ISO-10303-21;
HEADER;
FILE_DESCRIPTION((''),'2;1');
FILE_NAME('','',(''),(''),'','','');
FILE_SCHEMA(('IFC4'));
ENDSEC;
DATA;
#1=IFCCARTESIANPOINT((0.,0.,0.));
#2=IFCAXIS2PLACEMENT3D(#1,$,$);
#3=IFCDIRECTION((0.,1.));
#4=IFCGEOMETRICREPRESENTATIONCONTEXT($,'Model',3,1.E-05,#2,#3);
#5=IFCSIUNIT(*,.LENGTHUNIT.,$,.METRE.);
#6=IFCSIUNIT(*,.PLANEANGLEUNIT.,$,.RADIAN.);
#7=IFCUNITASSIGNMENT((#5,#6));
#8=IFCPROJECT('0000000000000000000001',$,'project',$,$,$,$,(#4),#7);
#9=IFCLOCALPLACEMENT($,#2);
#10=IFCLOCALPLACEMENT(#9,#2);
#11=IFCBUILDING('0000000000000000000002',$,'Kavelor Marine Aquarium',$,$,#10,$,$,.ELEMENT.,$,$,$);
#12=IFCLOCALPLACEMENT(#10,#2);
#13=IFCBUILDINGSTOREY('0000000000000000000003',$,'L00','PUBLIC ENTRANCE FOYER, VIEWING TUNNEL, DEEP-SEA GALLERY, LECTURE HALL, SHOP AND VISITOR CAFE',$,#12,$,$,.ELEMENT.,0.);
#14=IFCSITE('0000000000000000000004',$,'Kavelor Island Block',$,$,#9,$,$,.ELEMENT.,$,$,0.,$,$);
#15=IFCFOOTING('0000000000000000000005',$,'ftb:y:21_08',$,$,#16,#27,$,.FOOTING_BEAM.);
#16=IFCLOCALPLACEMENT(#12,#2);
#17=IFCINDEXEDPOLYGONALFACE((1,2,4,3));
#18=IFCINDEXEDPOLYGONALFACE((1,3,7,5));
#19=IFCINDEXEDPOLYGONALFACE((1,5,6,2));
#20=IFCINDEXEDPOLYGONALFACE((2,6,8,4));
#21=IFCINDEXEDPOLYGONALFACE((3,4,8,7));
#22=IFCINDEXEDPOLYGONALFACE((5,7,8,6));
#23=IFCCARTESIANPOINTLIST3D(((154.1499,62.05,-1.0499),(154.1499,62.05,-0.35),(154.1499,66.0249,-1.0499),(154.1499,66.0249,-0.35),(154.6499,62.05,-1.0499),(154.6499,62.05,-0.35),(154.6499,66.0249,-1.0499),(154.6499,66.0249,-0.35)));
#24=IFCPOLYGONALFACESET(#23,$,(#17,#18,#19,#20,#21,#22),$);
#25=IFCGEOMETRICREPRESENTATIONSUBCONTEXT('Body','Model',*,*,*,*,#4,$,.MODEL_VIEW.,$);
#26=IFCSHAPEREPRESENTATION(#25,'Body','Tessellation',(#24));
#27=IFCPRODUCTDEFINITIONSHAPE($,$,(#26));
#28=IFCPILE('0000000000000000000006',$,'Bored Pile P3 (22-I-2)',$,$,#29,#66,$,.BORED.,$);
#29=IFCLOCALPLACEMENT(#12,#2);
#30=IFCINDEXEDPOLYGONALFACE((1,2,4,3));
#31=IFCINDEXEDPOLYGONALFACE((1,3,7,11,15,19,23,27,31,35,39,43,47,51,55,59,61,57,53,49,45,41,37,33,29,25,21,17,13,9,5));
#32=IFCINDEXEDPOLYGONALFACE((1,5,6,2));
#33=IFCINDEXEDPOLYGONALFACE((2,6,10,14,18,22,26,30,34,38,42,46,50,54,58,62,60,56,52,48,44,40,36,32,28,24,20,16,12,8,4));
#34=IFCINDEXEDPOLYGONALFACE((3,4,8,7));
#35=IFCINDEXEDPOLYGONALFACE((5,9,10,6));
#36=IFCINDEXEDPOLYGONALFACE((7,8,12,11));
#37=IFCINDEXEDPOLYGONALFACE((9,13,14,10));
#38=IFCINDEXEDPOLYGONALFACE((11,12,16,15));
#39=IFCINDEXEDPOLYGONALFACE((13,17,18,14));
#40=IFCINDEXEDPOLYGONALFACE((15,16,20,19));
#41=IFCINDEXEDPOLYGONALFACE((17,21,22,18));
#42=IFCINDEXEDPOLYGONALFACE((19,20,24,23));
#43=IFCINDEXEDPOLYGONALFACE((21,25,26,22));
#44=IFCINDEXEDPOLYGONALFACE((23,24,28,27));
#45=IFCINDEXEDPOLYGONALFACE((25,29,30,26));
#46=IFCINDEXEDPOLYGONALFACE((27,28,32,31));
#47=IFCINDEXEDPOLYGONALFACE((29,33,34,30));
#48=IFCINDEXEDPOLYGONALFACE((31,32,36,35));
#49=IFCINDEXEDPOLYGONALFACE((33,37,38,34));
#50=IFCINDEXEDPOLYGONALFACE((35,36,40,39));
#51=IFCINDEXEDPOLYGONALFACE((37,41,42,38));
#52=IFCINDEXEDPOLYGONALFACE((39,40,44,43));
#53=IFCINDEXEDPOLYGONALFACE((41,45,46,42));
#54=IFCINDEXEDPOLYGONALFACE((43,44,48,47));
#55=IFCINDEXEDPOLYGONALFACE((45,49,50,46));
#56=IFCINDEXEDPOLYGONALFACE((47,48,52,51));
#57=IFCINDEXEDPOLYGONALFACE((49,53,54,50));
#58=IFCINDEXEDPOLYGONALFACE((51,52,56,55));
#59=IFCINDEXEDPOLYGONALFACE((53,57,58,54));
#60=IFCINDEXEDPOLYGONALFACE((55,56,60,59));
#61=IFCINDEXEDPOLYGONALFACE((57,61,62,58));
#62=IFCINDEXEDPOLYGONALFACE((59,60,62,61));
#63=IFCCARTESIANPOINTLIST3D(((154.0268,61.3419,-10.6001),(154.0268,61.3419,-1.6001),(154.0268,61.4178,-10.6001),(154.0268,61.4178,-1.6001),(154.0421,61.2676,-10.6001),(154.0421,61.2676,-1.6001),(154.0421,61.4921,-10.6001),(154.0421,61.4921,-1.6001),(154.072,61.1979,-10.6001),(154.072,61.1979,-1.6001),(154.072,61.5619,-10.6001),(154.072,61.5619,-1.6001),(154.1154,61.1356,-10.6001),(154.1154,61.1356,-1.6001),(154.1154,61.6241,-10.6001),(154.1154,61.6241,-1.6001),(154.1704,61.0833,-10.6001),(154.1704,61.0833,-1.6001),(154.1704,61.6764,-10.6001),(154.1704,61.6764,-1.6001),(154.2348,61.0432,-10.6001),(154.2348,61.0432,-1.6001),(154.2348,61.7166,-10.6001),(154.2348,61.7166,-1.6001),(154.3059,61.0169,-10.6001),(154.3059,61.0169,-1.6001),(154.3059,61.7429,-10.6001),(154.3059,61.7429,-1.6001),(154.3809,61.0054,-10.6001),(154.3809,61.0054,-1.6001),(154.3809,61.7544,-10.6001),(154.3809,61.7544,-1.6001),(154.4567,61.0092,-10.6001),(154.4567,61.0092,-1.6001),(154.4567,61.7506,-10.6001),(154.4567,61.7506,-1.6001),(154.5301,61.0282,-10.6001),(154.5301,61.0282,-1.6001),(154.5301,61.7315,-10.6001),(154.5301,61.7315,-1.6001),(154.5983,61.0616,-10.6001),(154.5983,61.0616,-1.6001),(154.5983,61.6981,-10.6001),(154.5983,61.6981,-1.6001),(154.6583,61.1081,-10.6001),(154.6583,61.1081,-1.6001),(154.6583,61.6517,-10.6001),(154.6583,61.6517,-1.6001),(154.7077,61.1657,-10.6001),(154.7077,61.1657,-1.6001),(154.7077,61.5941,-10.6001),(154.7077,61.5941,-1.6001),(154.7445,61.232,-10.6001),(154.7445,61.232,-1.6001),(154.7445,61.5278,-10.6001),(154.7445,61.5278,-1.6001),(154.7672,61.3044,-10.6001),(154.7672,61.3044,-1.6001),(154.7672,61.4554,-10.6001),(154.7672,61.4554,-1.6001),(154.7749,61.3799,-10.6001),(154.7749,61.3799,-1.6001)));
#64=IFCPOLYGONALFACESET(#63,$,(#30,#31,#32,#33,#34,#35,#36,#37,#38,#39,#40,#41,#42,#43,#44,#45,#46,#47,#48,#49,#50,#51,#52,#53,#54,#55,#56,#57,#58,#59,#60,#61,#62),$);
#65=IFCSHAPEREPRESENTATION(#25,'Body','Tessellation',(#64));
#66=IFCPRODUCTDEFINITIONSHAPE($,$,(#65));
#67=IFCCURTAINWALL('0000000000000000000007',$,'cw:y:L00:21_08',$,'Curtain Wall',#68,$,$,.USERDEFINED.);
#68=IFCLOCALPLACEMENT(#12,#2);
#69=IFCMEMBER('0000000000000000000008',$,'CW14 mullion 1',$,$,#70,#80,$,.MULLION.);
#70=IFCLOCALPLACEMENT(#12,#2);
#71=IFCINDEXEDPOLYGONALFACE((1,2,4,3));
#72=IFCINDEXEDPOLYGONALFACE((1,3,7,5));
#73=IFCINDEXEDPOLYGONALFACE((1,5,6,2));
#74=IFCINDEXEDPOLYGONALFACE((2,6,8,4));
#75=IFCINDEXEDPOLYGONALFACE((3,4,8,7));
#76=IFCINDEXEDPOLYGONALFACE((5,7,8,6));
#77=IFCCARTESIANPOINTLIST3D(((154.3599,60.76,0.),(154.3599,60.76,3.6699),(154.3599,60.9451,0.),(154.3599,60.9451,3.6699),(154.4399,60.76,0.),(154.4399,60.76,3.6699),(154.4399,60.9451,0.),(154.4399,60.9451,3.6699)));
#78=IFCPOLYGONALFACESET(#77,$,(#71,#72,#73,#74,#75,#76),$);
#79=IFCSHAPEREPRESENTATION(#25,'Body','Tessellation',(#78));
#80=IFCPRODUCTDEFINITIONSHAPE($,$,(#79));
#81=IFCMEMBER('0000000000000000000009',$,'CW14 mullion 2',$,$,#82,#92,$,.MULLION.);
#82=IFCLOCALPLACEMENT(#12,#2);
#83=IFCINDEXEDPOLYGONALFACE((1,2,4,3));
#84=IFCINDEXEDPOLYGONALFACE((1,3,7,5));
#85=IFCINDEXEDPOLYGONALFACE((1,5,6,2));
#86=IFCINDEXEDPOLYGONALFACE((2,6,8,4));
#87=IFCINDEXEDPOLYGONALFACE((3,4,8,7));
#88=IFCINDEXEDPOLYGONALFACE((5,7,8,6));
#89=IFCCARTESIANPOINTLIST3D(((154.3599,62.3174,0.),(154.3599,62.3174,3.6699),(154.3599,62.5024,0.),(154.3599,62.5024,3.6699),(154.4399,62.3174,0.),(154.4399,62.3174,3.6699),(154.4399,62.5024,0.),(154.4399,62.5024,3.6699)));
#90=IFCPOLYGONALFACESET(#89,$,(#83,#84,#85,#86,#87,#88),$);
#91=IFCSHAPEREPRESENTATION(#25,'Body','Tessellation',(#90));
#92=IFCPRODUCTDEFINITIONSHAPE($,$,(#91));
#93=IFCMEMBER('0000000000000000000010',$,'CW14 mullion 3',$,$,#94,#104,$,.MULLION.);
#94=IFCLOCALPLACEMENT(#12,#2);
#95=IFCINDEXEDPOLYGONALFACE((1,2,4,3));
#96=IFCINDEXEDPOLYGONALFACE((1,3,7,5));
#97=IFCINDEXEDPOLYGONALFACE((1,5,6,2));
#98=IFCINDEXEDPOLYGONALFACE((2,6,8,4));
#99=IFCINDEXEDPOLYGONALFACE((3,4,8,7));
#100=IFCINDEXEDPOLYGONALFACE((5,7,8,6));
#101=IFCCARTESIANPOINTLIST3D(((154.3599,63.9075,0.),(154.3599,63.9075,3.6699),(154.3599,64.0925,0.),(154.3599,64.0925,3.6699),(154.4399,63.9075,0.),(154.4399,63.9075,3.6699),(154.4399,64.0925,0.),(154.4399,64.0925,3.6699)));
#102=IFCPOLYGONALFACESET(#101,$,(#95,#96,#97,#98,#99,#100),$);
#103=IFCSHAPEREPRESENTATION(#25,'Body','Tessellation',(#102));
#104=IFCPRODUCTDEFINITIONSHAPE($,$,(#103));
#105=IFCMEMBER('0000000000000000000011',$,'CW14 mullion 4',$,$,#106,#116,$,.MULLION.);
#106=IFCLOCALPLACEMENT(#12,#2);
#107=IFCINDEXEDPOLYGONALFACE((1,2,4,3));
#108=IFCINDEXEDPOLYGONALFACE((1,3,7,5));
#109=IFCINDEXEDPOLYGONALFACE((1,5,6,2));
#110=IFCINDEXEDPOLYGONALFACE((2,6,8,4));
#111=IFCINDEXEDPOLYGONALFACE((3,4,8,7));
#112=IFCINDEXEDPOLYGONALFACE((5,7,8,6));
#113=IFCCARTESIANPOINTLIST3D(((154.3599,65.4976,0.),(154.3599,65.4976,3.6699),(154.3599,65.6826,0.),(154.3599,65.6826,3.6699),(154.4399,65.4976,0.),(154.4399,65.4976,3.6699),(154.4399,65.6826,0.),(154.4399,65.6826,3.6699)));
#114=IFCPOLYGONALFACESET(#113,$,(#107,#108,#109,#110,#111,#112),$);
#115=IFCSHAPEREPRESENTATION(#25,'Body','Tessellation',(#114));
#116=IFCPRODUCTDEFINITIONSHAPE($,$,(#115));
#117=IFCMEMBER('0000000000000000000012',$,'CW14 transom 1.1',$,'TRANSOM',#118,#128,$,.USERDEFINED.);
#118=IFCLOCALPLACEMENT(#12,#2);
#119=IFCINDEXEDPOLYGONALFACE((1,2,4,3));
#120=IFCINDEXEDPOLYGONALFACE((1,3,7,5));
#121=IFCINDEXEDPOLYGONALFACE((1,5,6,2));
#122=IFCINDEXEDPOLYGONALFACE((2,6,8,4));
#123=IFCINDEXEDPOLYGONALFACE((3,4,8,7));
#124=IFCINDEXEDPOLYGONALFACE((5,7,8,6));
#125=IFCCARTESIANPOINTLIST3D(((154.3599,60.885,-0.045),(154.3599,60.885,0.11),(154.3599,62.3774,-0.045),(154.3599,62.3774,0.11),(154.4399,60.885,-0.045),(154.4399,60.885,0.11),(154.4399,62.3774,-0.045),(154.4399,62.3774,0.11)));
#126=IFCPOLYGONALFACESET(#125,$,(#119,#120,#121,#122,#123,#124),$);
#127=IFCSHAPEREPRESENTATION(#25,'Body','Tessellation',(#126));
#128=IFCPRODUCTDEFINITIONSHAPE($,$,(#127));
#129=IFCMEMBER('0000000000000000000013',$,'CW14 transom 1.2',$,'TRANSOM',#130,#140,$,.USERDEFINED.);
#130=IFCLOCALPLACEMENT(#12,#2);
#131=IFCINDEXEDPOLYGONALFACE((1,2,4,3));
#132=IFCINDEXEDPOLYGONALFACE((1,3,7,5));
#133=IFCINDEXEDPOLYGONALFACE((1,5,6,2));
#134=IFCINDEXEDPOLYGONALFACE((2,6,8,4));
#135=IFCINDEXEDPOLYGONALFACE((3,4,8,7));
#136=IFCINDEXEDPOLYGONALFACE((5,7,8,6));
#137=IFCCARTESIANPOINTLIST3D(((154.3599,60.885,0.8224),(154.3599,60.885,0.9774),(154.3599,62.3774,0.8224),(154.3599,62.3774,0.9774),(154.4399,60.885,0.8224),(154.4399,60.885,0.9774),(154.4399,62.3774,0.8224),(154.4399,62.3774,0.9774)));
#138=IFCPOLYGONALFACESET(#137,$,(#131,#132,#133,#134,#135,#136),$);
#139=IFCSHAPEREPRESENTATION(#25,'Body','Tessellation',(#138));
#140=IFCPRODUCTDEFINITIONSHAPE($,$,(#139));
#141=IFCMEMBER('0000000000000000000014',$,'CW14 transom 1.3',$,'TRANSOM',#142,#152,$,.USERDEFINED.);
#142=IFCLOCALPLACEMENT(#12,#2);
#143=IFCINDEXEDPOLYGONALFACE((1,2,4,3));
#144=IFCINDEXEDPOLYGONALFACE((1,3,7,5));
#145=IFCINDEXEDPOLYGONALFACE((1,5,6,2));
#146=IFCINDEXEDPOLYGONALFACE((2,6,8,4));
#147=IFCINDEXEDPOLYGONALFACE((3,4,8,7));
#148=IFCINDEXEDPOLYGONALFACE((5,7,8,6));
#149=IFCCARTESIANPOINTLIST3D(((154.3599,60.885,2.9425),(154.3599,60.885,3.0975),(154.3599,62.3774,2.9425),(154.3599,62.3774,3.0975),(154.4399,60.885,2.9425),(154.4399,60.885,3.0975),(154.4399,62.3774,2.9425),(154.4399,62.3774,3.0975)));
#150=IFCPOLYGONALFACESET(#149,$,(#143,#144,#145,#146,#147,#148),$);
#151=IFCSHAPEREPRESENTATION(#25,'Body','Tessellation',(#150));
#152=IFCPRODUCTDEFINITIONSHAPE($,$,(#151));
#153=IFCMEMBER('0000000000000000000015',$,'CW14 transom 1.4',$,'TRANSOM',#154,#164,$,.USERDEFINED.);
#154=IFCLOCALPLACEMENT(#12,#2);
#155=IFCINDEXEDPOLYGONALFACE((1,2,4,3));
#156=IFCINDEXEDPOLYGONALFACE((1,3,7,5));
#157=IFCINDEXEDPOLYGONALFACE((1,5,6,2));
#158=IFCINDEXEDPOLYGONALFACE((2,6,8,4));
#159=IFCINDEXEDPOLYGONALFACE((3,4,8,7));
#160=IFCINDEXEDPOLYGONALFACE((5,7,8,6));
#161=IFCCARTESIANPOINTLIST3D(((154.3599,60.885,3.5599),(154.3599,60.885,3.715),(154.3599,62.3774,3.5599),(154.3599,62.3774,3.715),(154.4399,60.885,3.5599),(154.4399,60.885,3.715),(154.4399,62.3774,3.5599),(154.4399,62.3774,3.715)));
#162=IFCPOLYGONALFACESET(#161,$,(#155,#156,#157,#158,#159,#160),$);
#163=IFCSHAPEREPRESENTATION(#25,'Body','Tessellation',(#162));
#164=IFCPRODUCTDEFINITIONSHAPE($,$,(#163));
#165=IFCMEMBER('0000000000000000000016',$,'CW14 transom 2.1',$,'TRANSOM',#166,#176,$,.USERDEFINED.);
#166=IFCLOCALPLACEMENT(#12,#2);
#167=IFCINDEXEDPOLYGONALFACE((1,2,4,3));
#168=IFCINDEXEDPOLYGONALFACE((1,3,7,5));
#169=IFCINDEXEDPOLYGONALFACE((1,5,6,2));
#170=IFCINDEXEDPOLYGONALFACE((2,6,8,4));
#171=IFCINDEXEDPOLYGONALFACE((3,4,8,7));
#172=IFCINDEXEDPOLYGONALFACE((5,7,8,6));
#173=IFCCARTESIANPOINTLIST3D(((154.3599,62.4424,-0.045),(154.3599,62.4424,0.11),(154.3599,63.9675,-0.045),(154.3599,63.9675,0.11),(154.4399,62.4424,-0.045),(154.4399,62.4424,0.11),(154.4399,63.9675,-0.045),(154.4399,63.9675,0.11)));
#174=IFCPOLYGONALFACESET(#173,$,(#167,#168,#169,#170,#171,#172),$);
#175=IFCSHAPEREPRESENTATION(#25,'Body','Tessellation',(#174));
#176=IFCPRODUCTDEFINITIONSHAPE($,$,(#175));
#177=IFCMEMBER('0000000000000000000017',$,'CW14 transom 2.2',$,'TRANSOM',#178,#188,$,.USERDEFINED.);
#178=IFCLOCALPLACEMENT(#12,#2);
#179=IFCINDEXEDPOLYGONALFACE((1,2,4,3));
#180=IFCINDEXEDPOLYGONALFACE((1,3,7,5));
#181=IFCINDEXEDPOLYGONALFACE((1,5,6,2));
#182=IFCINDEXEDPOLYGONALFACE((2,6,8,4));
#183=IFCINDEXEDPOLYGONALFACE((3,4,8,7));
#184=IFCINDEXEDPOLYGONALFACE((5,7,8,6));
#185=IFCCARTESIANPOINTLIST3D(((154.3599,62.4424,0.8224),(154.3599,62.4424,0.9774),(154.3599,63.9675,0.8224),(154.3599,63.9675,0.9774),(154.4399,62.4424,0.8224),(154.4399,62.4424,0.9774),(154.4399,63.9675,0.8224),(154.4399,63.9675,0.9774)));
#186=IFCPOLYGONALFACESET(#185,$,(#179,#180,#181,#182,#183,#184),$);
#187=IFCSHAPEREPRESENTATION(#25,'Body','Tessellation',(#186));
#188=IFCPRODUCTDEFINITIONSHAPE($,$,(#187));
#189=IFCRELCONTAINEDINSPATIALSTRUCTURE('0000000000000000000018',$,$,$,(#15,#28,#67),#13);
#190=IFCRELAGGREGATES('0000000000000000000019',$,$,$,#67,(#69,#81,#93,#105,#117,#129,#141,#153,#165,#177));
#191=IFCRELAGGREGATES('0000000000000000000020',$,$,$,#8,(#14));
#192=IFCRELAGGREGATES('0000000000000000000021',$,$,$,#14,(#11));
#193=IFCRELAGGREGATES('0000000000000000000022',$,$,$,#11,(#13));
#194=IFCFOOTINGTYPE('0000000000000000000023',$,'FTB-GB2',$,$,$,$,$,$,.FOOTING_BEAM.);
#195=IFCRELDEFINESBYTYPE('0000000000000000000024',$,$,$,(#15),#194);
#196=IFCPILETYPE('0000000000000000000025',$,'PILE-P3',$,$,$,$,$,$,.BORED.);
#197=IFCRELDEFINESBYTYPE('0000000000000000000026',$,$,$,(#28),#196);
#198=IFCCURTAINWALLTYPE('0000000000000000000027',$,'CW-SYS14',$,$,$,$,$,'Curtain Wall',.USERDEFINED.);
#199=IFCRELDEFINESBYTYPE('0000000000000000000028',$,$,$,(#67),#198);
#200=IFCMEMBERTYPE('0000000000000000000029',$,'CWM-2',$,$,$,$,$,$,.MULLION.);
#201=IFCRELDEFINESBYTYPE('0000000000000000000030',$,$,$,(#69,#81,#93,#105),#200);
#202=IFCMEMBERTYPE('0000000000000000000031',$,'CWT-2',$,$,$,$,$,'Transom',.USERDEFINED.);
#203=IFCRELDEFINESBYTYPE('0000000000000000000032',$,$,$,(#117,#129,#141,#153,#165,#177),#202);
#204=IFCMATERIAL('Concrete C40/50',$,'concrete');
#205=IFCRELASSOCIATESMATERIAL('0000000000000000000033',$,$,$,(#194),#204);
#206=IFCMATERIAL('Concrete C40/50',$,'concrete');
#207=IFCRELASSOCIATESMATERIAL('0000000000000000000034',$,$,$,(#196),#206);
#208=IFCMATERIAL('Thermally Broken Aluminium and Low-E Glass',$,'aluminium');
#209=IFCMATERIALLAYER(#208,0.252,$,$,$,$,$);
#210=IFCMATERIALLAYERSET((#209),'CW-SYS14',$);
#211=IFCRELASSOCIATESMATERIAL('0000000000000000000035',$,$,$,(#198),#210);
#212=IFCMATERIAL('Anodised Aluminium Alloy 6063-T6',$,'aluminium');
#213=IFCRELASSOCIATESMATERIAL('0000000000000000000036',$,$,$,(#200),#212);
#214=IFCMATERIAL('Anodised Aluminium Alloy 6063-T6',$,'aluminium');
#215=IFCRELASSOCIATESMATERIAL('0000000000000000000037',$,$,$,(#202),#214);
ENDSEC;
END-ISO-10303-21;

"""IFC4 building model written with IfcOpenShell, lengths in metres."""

from ifc_helpers import new_model, si_unit, direction, frame, origin, origin_2d, place, context, subcontext, project, spatial, rectangle, circle, extrude, material, layer, layer_set, material_profile, profile_set, type_object, element, aggregate, save


model = new_model("IFC4")

# Units and contexts
model_context = context("Model", 3, precision=1e-05, world=origin(), true_north=direction((0.0, 1.0)))
body_context = subcontext(model_context, "Body", "Model", "MODEL_VIEW")
ifc_project = project(units=[si_unit("LENGTHUNIT", "METRE"), si_unit("PLANEANGLEUNIT", "RADIAN")], contexts=[model_context])

# Site, building, storey
site_placement = place(None, origin())
site = spatial("IfcSite", under=ifc_project, at=site_placement, Name="Kavelor Island Block", CompositionType="ELEMENT", RefElevation=0.0)
building_placement = place(site_placement, origin())
building = spatial("IfcBuilding", under=site, at=building_placement, Name="Kavelor Marine Aquarium", CompositionType="ELEMENT")
storey_placement = place(building_placement, origin())
storey = spatial("IfcBuildingStorey", under=building, at=storey_placement, Name="L00", Description="PUBLIC ENTRANCE FOYER, VIEWING TUNNEL, DEEP-SEA GALLERY, LECTURE HALL, SHOP AND VISITOR CAFE", CompositionType="ELEMENT", Elevation=0.0)

# Footing
ifc_material_1 = material(Name="Concrete C40/50", Category="concrete")
ifc_material_profile_1 = material_profile(ifc_material_1, rectangle(XDim=0.5, YDim=0.7, at=origin_2d()), Name="GB 500x700")
ifc_profile_set_1 = profile_set([ifc_material_profile_1], Name="Concrete C40/50")
footing_type = type_object("IfcFootingType", Name="FTB-GB2", PredefinedType="FOOTING_BEAM", material=ifc_profile_set_1)
footing_placement = place(storey_placement, frame((154.3999, 62.05, -0.7), z_axis=(0.0, 1.0, 0.0), x_axis=(-1.0, 0.0, 0.0)))
element("IfcFooting", 1, at=footing_placement, inside=storey, type_object=footing_type, Name="ftb:y:21_08", PredefinedType="FOOTING_BEAM", context=body_context, shape_type="SweptSolid", body=[
    extrude(rectangle(XDim=0.5, YDim=0.7, at=origin_2d()), origin(), (0.0, 0.0, 1.0), 3.9749),
])

# Pile
ifc_material_2 = material(Name="Concrete C40/50", Category="concrete")
ifc_material_profile_2 = material_profile(ifc_material_2, circle(Radius=0.375, at=origin_2d()), Name="PILE D750")
ifc_profile_set_2 = profile_set([ifc_material_profile_2], Name="Concrete C40/50")
pile_type = type_object("IfcPileType", Name="PILE-P3", PredefinedType="BORED", material=ifc_profile_set_2)
pile_placement = place(storey_placement, frame((154.3999, 61.3799, -1.6001), z_axis=(0.0, 0.0, -1.0), x_axis=(1.0, 0.0, 0.0)))
element("IfcPile", 2, at=pile_placement, inside=storey, type_object=pile_type, Name="Bored Pile P3 (22-I-2)", PredefinedType="BORED", context=body_context, shape_type="SweptSolid", body=[
    extrude(circle(Radius=0.375, at=origin_2d()), origin(), (0.0, 0.0, 1.0), 9.0),
])

# Curtain wall, members
ifc_material_3 = material(Name="Thermally Broken Aluminium and Low-E Glass", Category="aluminium")
ifc_layer_1 = layer(ifc_material_3, 0.252)
ifc_layer_set_1 = layer_set([ifc_layer_1], Name="CW-SYS14")
curtain_wall_type = type_object("IfcCurtainWallType", Name="CW-SYS14", ElementType="Curtain Wall", PredefinedType="USERDEFINED", material=ifc_layer_set_1)
curtain_wall_placement = place(storey_placement, origin())
curtain_wall = element("IfcCurtainWall", 3, at=curtain_wall_placement, inside=storey, type_object=curtain_wall_type, Name="cw:y:L00:21_08", ObjectType="Curtain Wall", PredefinedType="USERDEFINED")
ifc_material_4 = material(Name="Anodised Aluminium Alloy 6063-T6", Category="aluminium")
ifc_material_profile_3 = material_profile(ifc_material_4, rectangle(XDim=0.0801, YDim=0.1851, at=origin_2d()), Name="CW-MUL 80x185")
ifc_profile_set_3 = profile_set([ifc_material_profile_3], Name="Anodised Aluminium Alloy 6063-T6")
member_type_1 = type_object("IfcMemberType", Name="CWM-2", PredefinedType="MULLION", material=ifc_profile_set_3)
member_1_placement = place(storey_placement, frame((154.3999, 60.8525, 0.0), z_axis=(0.0, 0.0, 1.0), x_axis=(-1.0, 0.0, 0.0)))
member_1 = element("IfcMember", 4, at=member_1_placement, type_object=member_type_1, Name="CW14 mullion 1", PredefinedType="MULLION", context=body_context, shape_type="SweptSolid", body=[
    extrude(rectangle(XDim=0.0801, YDim=0.1851, at=origin_2d()), origin(), (0.0, 0.0, 1.0), 3.6699),
])
member_2_placement = place(storey_placement, frame((154.3999, 62.4099, 0.0), z_axis=(0.0, 0.0, 1.0), x_axis=(-1.0, 0.0, 0.0)))
member_2 = element("IfcMember", 5, at=member_2_placement, type_object=member_type_1, Name="CW14 mullion 2", PredefinedType="MULLION", context=body_context, shape_type="SweptSolid", body=[
    extrude(rectangle(XDim=0.0801, YDim=0.1851, at=origin_2d()), origin(), (0.0, 0.0, 1.0), 3.6699),
])
member_3_placement = place(storey_placement, frame((154.3999, 64.0, 0.0), z_axis=(0.0, 0.0, 1.0), x_axis=(-1.0, 0.0, 0.0)))
member_3 = element("IfcMember", 6, at=member_3_placement, type_object=member_type_1, Name="CW14 mullion 3", PredefinedType="MULLION", context=body_context, shape_type="SweptSolid", body=[
    extrude(rectangle(XDim=0.0801, YDim=0.1851, at=origin_2d()), origin(), (0.0, 0.0, 1.0), 3.6699),
])
member_4_placement = place(storey_placement, frame((154.3999, 65.5901, 0.0), z_axis=(0.0, 0.0, 1.0), x_axis=(-1.0, 0.0, 0.0)))
member_4 = element("IfcMember", 7, at=member_4_placement, type_object=member_type_1, Name="CW14 mullion 4", PredefinedType="MULLION", context=body_context, shape_type="SweptSolid", body=[
    extrude(rectangle(XDim=0.0801, YDim=0.1851, at=origin_2d()), origin(), (0.0, 0.0, 1.0), 3.6699),
])
ifc_material_5 = material(Name="Anodised Aluminium Alloy 6063-T6", Category="aluminium")
ifc_material_profile_4 = material_profile(ifc_material_5, rectangle(XDim=0.0801, YDim=0.155, at=origin_2d()), Name="CW-TRN 80x155")
ifc_profile_set_4 = profile_set([ifc_material_profile_4], Name="Anodised Aluminium Alloy 6063-T6")
member_type_2 = type_object("IfcMemberType", Name="CWT-2", ElementType="Transom", PredefinedType="USERDEFINED", material=ifc_profile_set_4)
member_5_placement = place(storey_placement, frame((154.3999, 60.885, 0.0325), z_axis=(0.0, 1.0, 0.0), x_axis=(-1.0, 0.0, 0.0)))
member_5 = element("IfcMember", 8, at=member_5_placement, type_object=member_type_2, Name="CW14 transom 1.1", ObjectType="TRANSOM", PredefinedType="USERDEFINED", context=body_context, shape_type="SweptSolid", body=[
    extrude(rectangle(XDim=0.0801, YDim=0.155, at=origin_2d()), origin(), (0.0, 0.0, 1.0), 1.4924),
])
member_6_placement = place(storey_placement, frame((154.3999, 60.885, 0.8999), z_axis=(0.0, 1.0, 0.0), x_axis=(-1.0, 0.0, 0.0)))
member_6 = element("IfcMember", 9, at=member_6_placement, type_object=member_type_2, Name="CW14 transom 1.2", ObjectType="TRANSOM", PredefinedType="USERDEFINED", context=body_context, shape_type="SweptSolid", body=[
    extrude(rectangle(XDim=0.0801, YDim=0.155, at=origin_2d()), origin(), (0.0, 0.0, 1.0), 1.4924),
])
member_7_placement = place(storey_placement, frame((154.3999, 60.885, 3.02), z_axis=(0.0, 1.0, 0.0), x_axis=(-1.0, 0.0, 0.0)))
member_7 = element("IfcMember", 10, at=member_7_placement, type_object=member_type_2, Name="CW14 transom 1.3", ObjectType="TRANSOM", PredefinedType="USERDEFINED", context=body_context, shape_type="SweptSolid", body=[
    extrude(rectangle(XDim=0.0801, YDim=0.155, at=origin_2d()), origin(), (0.0, 0.0, 1.0), 1.4924),
])
member_8_placement = place(storey_placement, frame((154.3999, 60.885, 3.6375), z_axis=(0.0, 1.0, 0.0), x_axis=(-1.0, 0.0, 0.0)))
member_8 = element("IfcMember", 11, at=member_8_placement, type_object=member_type_2, Name="CW14 transom 1.4", ObjectType="TRANSOM", PredefinedType="USERDEFINED", context=body_context, shape_type="SweptSolid", body=[
    extrude(rectangle(XDim=0.0801, YDim=0.155, at=origin_2d()), origin(), (0.0, 0.0, 1.0), 1.4924),
])
member_9_placement = place(storey_placement, frame((154.3999, 62.4424, 0.0325), z_axis=(0.0, 1.0, 0.0), x_axis=(-1.0, 0.0, 0.0)))
member_9 = element("IfcMember", 12, at=member_9_placement, type_object=member_type_2, Name="CW14 transom 2.1", ObjectType="TRANSOM", PredefinedType="USERDEFINED", context=body_context, shape_type="SweptSolid", body=[
    extrude(rectangle(XDim=0.0801, YDim=0.155, at=origin_2d()), origin(), (0.0, 0.0, 1.0), 1.5251),
])
member_10_placement = place(storey_placement, frame((154.3999, 62.4424, 0.8999), z_axis=(0.0, 1.0, 0.0), x_axis=(-1.0, 0.0, 0.0)))
member_10 = element("IfcMember", 13, at=member_10_placement, type_object=member_type_2, Name="CW14 transom 2.2", ObjectType="TRANSOM", PredefinedType="USERDEFINED", context=body_context, shape_type="SweptSolid", body=[
    extrude(rectangle(XDim=0.0801, YDim=0.155, at=origin_2d()), origin(), (0.0, 0.0, 1.0), 1.5251),
])
aggregate(curtain_wall, [member_1, member_2, member_3, member_4, member_5, member_6, member_7, member_8, member_9, member_10])

save(model, "model.ifc")
